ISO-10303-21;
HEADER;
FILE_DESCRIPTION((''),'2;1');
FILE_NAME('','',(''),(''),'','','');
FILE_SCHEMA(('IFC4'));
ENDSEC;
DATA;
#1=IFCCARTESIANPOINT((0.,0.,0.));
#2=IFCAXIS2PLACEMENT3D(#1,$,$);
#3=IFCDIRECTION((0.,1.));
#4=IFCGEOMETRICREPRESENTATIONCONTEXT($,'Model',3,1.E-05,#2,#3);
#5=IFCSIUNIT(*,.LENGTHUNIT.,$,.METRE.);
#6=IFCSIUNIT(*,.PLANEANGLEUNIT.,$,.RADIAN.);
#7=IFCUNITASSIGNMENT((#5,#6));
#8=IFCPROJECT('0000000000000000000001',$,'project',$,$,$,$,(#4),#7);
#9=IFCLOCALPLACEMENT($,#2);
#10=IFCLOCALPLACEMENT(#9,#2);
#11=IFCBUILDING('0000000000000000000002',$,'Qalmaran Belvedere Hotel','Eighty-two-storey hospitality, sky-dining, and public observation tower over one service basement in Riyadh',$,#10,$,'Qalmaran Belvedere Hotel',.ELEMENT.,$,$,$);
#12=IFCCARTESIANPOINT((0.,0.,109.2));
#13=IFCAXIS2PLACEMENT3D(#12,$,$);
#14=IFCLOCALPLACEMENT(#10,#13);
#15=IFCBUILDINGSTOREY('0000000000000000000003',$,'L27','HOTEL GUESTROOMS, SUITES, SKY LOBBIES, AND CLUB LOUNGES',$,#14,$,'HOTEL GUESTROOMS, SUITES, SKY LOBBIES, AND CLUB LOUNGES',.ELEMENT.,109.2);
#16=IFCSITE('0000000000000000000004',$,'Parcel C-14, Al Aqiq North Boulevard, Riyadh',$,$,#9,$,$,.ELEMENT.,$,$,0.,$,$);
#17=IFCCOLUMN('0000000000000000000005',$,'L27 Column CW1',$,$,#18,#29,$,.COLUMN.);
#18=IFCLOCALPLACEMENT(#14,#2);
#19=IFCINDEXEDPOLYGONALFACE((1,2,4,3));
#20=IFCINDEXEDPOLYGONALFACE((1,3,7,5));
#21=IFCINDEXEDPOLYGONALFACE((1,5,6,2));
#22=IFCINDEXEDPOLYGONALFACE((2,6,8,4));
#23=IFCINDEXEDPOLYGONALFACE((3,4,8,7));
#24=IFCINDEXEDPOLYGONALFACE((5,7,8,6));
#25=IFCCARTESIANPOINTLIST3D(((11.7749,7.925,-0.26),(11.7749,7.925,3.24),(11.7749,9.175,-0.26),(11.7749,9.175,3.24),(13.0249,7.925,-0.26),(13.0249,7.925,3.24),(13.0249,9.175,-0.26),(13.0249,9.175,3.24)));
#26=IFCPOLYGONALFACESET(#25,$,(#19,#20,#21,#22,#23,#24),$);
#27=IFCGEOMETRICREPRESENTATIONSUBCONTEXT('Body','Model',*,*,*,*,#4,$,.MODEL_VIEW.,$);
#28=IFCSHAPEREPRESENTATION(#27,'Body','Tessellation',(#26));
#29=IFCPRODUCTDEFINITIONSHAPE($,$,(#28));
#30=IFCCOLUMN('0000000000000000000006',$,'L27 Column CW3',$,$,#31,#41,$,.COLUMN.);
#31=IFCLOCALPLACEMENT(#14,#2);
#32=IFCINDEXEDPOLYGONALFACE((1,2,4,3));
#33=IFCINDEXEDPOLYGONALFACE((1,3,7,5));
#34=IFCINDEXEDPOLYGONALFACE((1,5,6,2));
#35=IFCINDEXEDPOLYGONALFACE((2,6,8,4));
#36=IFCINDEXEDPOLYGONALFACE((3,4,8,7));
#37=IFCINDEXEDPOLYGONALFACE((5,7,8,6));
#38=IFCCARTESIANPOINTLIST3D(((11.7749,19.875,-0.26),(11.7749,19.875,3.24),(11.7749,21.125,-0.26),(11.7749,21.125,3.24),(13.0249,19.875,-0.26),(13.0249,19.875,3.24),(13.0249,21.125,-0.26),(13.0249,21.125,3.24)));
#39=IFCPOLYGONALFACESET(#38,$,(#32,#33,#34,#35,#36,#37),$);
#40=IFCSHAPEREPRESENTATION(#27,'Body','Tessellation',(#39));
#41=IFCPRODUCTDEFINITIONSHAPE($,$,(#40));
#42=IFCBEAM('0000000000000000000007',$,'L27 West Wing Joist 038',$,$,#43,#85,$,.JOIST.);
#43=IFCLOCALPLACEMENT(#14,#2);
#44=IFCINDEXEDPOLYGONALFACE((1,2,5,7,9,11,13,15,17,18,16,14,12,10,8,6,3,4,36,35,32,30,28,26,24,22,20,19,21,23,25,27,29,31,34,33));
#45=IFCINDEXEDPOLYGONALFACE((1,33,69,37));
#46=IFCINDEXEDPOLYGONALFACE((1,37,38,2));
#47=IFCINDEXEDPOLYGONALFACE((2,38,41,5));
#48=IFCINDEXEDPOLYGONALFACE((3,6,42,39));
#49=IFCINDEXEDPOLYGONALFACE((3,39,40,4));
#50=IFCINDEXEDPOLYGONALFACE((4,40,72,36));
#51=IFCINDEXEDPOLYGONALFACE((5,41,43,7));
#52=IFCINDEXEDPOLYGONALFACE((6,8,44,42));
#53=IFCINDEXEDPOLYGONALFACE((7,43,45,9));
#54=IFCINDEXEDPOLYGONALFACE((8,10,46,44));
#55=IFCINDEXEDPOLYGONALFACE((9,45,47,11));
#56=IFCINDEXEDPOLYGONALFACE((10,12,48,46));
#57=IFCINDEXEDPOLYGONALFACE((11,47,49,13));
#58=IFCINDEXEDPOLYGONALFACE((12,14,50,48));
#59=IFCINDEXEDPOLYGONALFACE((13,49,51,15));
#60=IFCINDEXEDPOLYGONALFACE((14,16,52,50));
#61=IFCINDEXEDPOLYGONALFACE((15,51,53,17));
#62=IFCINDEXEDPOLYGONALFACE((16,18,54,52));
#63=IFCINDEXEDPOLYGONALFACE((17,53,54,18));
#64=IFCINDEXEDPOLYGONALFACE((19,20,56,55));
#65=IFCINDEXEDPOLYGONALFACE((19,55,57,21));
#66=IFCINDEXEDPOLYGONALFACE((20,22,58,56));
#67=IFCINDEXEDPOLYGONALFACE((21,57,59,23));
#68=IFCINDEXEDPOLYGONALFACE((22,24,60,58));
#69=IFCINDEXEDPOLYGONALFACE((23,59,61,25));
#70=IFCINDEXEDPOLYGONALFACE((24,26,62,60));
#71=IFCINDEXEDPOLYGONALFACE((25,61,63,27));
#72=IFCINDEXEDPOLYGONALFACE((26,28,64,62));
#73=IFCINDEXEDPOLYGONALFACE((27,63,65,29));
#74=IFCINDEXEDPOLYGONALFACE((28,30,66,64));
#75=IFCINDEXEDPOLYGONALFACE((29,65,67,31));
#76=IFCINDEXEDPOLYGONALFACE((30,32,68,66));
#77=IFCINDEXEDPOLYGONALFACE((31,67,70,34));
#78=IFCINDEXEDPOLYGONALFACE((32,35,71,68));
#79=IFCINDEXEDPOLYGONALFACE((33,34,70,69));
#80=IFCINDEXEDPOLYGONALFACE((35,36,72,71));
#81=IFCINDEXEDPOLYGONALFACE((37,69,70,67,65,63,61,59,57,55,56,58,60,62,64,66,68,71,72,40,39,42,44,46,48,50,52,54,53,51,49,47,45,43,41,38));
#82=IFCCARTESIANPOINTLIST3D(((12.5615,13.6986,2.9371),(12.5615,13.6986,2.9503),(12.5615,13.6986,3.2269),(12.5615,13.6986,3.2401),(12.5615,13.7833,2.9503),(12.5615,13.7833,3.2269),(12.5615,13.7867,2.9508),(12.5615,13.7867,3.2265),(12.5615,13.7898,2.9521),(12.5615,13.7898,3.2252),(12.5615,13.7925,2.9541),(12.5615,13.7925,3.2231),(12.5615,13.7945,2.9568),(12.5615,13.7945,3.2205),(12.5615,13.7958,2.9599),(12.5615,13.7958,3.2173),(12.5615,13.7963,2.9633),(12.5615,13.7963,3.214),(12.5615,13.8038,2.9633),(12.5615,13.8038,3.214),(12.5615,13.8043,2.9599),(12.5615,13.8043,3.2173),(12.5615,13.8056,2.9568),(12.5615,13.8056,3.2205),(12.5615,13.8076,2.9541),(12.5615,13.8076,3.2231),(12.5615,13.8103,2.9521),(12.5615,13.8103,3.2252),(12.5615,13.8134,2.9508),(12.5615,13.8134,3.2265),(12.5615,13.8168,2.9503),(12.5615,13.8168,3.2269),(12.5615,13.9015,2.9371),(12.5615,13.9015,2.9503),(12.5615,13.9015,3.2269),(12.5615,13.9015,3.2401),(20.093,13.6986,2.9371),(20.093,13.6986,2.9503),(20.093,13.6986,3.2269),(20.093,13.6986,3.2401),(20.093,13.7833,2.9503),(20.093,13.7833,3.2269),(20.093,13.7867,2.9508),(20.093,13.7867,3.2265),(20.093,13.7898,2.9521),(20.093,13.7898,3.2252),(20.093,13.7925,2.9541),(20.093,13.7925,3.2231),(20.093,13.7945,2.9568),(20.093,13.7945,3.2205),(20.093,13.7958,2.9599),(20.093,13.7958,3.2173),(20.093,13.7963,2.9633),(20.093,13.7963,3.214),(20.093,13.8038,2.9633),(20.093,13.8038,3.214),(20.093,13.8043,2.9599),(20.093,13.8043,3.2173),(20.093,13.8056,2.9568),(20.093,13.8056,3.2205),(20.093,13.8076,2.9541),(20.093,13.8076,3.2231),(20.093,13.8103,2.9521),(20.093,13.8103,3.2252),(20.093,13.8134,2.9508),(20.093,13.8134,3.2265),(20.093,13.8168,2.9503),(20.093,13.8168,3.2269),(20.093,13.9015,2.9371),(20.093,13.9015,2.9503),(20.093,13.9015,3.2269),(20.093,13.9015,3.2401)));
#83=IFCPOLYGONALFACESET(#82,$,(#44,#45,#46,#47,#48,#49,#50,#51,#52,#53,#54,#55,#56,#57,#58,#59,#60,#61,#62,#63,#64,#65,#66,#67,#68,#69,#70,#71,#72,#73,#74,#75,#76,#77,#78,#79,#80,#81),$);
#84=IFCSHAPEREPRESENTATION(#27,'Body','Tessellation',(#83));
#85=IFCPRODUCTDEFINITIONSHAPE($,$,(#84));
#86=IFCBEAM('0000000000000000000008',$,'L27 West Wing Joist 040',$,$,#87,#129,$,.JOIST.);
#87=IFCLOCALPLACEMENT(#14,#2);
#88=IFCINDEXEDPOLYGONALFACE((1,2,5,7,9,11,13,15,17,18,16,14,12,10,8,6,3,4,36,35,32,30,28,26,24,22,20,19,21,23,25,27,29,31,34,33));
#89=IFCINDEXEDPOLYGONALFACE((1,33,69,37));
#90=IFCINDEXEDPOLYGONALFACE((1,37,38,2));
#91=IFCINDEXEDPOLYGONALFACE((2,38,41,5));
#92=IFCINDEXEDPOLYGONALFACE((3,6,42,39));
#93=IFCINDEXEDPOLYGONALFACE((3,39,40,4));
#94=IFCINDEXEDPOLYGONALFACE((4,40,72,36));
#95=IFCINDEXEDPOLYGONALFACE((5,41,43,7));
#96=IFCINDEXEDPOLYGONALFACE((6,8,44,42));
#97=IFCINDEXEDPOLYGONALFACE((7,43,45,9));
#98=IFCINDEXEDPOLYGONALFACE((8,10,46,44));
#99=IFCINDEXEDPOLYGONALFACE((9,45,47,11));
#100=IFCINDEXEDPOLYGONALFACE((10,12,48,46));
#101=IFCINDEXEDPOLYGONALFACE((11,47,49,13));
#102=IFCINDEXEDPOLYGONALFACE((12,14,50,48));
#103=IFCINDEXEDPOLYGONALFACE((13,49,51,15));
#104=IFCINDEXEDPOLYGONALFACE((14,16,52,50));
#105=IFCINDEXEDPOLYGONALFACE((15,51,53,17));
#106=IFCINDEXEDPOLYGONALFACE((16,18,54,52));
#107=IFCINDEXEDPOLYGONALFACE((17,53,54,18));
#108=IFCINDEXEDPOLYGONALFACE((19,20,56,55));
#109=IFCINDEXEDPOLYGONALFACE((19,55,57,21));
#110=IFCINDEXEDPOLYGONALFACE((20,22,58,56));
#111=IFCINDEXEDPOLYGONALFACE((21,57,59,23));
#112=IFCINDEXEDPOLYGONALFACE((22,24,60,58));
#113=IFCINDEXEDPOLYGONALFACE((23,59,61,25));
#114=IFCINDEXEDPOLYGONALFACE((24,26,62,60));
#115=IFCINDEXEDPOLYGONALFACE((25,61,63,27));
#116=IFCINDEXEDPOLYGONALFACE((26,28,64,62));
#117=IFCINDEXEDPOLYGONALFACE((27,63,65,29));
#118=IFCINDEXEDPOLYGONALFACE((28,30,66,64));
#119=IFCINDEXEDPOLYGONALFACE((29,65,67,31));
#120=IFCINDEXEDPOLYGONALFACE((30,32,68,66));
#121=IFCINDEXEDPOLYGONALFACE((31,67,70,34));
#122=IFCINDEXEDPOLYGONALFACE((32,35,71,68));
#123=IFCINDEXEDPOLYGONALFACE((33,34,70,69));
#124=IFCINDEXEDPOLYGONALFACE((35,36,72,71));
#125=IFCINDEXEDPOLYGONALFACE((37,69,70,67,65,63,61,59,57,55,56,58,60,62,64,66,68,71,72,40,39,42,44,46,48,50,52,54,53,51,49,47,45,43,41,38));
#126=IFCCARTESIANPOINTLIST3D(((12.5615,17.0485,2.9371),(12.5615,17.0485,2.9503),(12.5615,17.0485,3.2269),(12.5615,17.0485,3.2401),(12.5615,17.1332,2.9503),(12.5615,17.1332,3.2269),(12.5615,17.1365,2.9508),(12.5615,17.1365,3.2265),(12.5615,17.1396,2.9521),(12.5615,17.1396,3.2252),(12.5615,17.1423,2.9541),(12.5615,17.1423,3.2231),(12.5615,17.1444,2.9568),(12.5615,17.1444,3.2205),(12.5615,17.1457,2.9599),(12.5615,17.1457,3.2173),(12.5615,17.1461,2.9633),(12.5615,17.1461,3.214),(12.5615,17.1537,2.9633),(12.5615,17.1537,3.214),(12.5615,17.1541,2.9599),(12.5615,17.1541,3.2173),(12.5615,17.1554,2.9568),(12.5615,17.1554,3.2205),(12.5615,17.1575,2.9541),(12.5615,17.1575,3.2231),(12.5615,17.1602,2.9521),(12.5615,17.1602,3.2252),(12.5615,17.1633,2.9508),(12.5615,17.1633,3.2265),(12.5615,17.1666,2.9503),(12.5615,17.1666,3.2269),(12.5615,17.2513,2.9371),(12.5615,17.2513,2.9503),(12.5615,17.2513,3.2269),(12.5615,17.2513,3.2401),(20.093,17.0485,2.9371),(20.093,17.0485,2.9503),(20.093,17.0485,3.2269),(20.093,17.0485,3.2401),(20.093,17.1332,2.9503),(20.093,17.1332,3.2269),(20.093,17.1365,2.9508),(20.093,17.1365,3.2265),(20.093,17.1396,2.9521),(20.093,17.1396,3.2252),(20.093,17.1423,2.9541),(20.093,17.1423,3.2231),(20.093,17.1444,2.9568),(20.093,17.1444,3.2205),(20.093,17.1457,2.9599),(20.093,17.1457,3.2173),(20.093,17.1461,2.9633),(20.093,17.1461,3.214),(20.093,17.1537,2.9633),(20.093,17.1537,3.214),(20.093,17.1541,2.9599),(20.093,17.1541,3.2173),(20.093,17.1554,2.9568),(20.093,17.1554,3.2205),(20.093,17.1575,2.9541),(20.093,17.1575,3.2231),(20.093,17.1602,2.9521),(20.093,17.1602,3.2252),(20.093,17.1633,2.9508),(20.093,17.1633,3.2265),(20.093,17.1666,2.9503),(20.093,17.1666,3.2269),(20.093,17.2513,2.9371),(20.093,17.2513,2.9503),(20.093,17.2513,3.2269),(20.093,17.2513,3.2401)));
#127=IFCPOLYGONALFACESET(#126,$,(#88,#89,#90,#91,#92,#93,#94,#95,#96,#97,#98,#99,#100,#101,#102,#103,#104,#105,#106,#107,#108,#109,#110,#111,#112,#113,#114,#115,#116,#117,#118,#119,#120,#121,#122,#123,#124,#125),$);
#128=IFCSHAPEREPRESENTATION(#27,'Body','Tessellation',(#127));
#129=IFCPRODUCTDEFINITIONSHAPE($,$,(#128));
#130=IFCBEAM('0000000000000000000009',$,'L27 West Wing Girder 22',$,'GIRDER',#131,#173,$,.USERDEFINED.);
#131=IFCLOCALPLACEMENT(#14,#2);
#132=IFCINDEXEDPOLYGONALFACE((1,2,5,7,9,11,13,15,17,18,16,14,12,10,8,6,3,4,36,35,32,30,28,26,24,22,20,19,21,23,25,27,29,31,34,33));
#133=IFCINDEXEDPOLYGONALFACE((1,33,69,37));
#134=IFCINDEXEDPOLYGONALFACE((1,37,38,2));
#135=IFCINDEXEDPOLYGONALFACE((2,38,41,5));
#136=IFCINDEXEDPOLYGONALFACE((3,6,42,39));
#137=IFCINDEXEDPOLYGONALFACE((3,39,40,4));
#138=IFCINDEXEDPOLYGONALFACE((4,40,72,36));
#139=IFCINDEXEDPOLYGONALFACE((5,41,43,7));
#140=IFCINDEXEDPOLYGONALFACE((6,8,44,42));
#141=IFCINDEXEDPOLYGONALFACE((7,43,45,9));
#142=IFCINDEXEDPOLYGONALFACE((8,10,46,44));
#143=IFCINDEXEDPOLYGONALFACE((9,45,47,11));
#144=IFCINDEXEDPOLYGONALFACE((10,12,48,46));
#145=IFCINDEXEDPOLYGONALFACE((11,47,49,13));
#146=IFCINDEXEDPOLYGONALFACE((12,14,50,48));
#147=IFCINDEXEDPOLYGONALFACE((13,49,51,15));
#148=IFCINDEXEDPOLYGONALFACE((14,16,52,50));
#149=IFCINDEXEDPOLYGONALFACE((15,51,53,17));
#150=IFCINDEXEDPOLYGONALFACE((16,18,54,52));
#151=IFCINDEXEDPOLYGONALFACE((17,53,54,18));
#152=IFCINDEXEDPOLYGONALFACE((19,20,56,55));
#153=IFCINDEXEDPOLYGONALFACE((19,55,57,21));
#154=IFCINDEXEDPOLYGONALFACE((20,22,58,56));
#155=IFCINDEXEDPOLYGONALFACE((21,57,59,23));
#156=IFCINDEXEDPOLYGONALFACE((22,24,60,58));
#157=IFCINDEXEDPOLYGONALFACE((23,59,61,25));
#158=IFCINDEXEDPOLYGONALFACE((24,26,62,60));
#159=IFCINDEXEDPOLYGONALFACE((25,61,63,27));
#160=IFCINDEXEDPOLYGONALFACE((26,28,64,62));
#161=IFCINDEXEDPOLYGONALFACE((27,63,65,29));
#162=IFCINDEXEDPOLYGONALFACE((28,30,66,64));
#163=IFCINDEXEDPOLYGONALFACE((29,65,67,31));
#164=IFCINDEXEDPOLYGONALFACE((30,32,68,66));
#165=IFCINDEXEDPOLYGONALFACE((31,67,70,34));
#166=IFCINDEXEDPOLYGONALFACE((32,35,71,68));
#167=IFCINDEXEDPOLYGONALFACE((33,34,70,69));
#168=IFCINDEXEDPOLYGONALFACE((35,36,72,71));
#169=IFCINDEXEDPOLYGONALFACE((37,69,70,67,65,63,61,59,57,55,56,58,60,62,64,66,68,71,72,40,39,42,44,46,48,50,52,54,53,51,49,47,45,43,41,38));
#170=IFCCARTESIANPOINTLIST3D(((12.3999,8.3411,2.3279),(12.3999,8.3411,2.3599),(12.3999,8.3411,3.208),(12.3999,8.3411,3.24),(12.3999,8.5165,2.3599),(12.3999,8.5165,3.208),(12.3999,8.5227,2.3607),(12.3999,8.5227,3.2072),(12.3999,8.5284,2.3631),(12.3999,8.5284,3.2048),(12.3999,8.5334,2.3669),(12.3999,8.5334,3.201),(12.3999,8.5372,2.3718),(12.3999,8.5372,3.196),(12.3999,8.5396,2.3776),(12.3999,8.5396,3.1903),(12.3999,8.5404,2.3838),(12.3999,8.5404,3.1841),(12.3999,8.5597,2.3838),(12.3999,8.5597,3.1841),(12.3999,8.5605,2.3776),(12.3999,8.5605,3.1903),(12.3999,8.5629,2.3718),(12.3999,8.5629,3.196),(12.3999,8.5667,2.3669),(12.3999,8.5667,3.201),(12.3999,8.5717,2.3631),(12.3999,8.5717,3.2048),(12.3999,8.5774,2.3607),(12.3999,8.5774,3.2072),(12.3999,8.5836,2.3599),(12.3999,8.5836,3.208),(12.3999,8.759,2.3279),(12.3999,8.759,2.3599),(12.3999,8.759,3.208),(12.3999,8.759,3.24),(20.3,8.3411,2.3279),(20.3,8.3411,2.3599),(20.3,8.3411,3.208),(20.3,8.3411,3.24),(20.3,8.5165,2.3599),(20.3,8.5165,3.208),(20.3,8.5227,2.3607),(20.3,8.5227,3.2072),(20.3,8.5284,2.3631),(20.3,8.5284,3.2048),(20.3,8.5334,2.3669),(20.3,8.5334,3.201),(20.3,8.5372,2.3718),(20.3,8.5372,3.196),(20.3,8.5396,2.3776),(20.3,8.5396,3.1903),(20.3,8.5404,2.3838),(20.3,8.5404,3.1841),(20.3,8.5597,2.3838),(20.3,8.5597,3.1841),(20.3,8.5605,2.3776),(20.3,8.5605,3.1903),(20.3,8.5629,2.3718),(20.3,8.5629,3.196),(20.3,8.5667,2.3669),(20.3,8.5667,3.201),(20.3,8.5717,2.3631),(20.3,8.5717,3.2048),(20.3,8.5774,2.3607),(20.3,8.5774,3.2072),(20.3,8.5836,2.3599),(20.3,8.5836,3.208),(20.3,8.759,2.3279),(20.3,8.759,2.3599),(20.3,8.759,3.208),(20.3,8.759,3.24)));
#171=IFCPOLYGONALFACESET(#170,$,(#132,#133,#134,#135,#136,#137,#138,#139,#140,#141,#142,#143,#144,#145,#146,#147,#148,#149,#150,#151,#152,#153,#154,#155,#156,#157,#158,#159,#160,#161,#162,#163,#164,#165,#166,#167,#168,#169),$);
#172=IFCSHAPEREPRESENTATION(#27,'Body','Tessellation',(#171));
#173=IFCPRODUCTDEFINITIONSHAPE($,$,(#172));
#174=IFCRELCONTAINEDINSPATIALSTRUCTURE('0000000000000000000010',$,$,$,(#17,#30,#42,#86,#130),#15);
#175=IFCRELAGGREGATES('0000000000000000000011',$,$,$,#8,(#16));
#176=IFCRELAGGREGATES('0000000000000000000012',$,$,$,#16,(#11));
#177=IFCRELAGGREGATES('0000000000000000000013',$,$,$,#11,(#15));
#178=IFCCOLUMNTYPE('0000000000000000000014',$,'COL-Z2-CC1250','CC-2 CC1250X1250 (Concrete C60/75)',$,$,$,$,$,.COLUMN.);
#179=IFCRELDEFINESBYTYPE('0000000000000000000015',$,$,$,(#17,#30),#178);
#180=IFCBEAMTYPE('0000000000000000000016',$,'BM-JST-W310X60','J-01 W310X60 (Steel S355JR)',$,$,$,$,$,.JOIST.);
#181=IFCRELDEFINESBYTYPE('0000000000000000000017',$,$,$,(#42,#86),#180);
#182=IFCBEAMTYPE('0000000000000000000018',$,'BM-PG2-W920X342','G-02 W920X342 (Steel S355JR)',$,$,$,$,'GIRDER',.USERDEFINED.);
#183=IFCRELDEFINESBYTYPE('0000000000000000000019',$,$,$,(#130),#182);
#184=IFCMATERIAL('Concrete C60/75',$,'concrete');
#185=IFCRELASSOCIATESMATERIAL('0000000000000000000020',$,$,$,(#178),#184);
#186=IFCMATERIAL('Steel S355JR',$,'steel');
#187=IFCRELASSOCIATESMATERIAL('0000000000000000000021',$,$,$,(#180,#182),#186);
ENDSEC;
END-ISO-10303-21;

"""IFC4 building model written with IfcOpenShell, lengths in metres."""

from ifc_helpers import new_model, si_unit, direction, frame, origin, origin_2d, place, context, subcontext, project, spatial, rectangle, i_section, extrude, material, material_profile, profile_set, type_object, element, save


model = new_model("IFC4")

# Units and contexts
model_context = context("Model", 3, precision=1e-05, world=origin(), true_north=direction((0.0, 1.0)))
body_context = subcontext(model_context, "Body", "Model", "MODEL_VIEW")
ifc_project = project(units=[si_unit("LENGTHUNIT", "METRE"), si_unit("PLANEANGLEUNIT", "RADIAN")], contexts=[model_context])

# Site, building, storey
site_placement = place(None, origin())
site = spatial("IfcSite", under=ifc_project, at=site_placement, Name="Parcel C-14, Al Aqiq North Boulevard, Riyadh", CompositionType="ELEMENT", RefElevation=0.0)
building_placement = place(site_placement, origin())
building = spatial("IfcBuilding", under=site, at=building_placement, Name="Qalmaran Belvedere Hotel", Description="Eighty-two-storey hospitality, sky-dining, and public observation tower over one service basement in Riyadh", LongName="Qalmaran Belvedere Hotel", CompositionType="ELEMENT")
storey_placement = place(building_placement, frame((0.0, 0.0, 109.2)))
storey = spatial("IfcBuildingStorey", under=building, at=storey_placement, Name="L27", Description="HOTEL GUESTROOMS, SUITES, SKY LOBBIES, AND CLUB LOUNGES", LongName="HOTEL GUESTROOMS, SUITES, SKY LOBBIES, AND CLUB LOUNGES", CompositionType="ELEMENT", Elevation=109.2)

# Columns
ifc_material_1 = material(Name="Concrete C60/75", Category="concrete")
ifc_material_profile_1 = material_profile(ifc_material_1, rectangle(XDim=1.25, YDim=1.25, at=origin_2d()), Name="CC1250X1250")
ifc_profile_set_1 = profile_set([ifc_material_profile_1], Name="Concrete C60/75")
column_type = type_object("IfcColumnType", Name="COL-Z2-CC1250", Description="CC-2 CC1250X1250 (Concrete C60/75)", PredefinedType="COLUMN", material=ifc_profile_set_1)
for number, where, z_axis, x_axis, name in (
    (1, (12.3999, 8.55, -0.26), (0.0, 0.0, 1.0), (1.0, 0.0, 0.0), "L27 Column CW1"),
    (2, (12.3999, 20.5, -0.26), (0.0, 0.0, 1.0), (1.0, 0.0, 0.0), "L27 Column CW3"),
):
    element("IfcColumn", number, at=place(storey_placement, frame(where, z_axis=z_axis, x_axis=x_axis)), inside=storey, type_object=column_type, Name=name, PredefinedType="COLUMN", context=body_context, shape_type="SweptSolid", body=[
        extrude(rectangle(XDim=1.25, YDim=1.25, at=origin_2d()), origin(), (0.0, 0.0, 1.0), 3.5),
    ])

# Beams
ifc_material_2 = material(Name="Steel S355JR", Category="steel")
ifc_material_profile_2 = material_profile(ifc_material_2, i_section(OverallWidth=0.2029, OverallDepth=0.303, WebThickness=0.0076, FlangeThickness=0.0132, FilletRadius=0.0129, at=origin_2d()), Name="W310X60")
ifc_profile_set_2 = profile_set([ifc_material_profile_2], Name="Steel S355JR")
beam_type_1 = type_object("IfcBeamType", Name="BM-JST-W310X60", Description="J-01 W310X60 (Steel S355JR)", PredefinedType="JOIST", material=ifc_profile_set_2)
for number, where, z_axis, x_axis, name in (
    (3, (12.5615, 13.8, 3.0886), (1.0, 0.0, 0.0), (0.0, 1.0, 0.0), "L27 West Wing Joist 038"),
    (4, (12.5615, 17.1499, 3.0886), (1.0, 0.0, 0.0), (0.0, 1.0, 0.0), "L27 West Wing Joist 040"),
):
    element("IfcBeam", number, at=place(storey_placement, frame(where, z_axis=z_axis, x_axis=x_axis)), inside=storey, type_object=beam_type_1, Name=name, PredefinedType="JOIST", context=body_context, shape_type="SweptSolid", body=[
        extrude(i_section(OverallWidth=0.2029, OverallDepth=0.303, WebThickness=0.0076, FlangeThickness=0.0132, FilletRadius=0.0129, at=origin_2d()), origin(), (0.0, 0.0, 1.0), 7.5315),
    ])
ifc_material_profile_3 = material_profile(ifc_material_2, i_section(OverallWidth=0.418, OverallDepth=0.9121, WebThickness=0.0193, FlangeThickness=0.032, FilletRadius=0.0239, at=origin_2d()), Name="W920X342")
ifc_profile_set_3 = profile_set([ifc_material_profile_3], Name="Steel S355JR")
beam_type_2 = type_object("IfcBeamType", Name="BM-PG2-W920X342", Description="G-02 W920X342 (Steel S355JR)", ElementType="GIRDER", PredefinedType="USERDEFINED", material=ifc_profile_set_3)
for number, where, z_axis, x_axis, name in (
    (5, (12.3999, 8.55, 2.7839), (1.0, 0.0, 0.0), (0.0, 1.0, 0.0), "L27 West Wing Girder 22"),
):
    element("IfcBeam", number, at=place(storey_placement, frame(where, z_axis=z_axis, x_axis=x_axis)), inside=storey, type_object=beam_type_2, Name=name, ObjectType="GIRDER", PredefinedType="USERDEFINED", context=body_context, shape_type="SweptSolid", body=[
        extrude(i_section(OverallWidth=0.418, OverallDepth=0.9121, WebThickness=0.0193, FlangeThickness=0.032, FilletRadius=0.0239, at=origin_2d()), origin(), (0.0, 0.0, 1.0), 7.9001),
    ])

save(model, "model.ifc")
